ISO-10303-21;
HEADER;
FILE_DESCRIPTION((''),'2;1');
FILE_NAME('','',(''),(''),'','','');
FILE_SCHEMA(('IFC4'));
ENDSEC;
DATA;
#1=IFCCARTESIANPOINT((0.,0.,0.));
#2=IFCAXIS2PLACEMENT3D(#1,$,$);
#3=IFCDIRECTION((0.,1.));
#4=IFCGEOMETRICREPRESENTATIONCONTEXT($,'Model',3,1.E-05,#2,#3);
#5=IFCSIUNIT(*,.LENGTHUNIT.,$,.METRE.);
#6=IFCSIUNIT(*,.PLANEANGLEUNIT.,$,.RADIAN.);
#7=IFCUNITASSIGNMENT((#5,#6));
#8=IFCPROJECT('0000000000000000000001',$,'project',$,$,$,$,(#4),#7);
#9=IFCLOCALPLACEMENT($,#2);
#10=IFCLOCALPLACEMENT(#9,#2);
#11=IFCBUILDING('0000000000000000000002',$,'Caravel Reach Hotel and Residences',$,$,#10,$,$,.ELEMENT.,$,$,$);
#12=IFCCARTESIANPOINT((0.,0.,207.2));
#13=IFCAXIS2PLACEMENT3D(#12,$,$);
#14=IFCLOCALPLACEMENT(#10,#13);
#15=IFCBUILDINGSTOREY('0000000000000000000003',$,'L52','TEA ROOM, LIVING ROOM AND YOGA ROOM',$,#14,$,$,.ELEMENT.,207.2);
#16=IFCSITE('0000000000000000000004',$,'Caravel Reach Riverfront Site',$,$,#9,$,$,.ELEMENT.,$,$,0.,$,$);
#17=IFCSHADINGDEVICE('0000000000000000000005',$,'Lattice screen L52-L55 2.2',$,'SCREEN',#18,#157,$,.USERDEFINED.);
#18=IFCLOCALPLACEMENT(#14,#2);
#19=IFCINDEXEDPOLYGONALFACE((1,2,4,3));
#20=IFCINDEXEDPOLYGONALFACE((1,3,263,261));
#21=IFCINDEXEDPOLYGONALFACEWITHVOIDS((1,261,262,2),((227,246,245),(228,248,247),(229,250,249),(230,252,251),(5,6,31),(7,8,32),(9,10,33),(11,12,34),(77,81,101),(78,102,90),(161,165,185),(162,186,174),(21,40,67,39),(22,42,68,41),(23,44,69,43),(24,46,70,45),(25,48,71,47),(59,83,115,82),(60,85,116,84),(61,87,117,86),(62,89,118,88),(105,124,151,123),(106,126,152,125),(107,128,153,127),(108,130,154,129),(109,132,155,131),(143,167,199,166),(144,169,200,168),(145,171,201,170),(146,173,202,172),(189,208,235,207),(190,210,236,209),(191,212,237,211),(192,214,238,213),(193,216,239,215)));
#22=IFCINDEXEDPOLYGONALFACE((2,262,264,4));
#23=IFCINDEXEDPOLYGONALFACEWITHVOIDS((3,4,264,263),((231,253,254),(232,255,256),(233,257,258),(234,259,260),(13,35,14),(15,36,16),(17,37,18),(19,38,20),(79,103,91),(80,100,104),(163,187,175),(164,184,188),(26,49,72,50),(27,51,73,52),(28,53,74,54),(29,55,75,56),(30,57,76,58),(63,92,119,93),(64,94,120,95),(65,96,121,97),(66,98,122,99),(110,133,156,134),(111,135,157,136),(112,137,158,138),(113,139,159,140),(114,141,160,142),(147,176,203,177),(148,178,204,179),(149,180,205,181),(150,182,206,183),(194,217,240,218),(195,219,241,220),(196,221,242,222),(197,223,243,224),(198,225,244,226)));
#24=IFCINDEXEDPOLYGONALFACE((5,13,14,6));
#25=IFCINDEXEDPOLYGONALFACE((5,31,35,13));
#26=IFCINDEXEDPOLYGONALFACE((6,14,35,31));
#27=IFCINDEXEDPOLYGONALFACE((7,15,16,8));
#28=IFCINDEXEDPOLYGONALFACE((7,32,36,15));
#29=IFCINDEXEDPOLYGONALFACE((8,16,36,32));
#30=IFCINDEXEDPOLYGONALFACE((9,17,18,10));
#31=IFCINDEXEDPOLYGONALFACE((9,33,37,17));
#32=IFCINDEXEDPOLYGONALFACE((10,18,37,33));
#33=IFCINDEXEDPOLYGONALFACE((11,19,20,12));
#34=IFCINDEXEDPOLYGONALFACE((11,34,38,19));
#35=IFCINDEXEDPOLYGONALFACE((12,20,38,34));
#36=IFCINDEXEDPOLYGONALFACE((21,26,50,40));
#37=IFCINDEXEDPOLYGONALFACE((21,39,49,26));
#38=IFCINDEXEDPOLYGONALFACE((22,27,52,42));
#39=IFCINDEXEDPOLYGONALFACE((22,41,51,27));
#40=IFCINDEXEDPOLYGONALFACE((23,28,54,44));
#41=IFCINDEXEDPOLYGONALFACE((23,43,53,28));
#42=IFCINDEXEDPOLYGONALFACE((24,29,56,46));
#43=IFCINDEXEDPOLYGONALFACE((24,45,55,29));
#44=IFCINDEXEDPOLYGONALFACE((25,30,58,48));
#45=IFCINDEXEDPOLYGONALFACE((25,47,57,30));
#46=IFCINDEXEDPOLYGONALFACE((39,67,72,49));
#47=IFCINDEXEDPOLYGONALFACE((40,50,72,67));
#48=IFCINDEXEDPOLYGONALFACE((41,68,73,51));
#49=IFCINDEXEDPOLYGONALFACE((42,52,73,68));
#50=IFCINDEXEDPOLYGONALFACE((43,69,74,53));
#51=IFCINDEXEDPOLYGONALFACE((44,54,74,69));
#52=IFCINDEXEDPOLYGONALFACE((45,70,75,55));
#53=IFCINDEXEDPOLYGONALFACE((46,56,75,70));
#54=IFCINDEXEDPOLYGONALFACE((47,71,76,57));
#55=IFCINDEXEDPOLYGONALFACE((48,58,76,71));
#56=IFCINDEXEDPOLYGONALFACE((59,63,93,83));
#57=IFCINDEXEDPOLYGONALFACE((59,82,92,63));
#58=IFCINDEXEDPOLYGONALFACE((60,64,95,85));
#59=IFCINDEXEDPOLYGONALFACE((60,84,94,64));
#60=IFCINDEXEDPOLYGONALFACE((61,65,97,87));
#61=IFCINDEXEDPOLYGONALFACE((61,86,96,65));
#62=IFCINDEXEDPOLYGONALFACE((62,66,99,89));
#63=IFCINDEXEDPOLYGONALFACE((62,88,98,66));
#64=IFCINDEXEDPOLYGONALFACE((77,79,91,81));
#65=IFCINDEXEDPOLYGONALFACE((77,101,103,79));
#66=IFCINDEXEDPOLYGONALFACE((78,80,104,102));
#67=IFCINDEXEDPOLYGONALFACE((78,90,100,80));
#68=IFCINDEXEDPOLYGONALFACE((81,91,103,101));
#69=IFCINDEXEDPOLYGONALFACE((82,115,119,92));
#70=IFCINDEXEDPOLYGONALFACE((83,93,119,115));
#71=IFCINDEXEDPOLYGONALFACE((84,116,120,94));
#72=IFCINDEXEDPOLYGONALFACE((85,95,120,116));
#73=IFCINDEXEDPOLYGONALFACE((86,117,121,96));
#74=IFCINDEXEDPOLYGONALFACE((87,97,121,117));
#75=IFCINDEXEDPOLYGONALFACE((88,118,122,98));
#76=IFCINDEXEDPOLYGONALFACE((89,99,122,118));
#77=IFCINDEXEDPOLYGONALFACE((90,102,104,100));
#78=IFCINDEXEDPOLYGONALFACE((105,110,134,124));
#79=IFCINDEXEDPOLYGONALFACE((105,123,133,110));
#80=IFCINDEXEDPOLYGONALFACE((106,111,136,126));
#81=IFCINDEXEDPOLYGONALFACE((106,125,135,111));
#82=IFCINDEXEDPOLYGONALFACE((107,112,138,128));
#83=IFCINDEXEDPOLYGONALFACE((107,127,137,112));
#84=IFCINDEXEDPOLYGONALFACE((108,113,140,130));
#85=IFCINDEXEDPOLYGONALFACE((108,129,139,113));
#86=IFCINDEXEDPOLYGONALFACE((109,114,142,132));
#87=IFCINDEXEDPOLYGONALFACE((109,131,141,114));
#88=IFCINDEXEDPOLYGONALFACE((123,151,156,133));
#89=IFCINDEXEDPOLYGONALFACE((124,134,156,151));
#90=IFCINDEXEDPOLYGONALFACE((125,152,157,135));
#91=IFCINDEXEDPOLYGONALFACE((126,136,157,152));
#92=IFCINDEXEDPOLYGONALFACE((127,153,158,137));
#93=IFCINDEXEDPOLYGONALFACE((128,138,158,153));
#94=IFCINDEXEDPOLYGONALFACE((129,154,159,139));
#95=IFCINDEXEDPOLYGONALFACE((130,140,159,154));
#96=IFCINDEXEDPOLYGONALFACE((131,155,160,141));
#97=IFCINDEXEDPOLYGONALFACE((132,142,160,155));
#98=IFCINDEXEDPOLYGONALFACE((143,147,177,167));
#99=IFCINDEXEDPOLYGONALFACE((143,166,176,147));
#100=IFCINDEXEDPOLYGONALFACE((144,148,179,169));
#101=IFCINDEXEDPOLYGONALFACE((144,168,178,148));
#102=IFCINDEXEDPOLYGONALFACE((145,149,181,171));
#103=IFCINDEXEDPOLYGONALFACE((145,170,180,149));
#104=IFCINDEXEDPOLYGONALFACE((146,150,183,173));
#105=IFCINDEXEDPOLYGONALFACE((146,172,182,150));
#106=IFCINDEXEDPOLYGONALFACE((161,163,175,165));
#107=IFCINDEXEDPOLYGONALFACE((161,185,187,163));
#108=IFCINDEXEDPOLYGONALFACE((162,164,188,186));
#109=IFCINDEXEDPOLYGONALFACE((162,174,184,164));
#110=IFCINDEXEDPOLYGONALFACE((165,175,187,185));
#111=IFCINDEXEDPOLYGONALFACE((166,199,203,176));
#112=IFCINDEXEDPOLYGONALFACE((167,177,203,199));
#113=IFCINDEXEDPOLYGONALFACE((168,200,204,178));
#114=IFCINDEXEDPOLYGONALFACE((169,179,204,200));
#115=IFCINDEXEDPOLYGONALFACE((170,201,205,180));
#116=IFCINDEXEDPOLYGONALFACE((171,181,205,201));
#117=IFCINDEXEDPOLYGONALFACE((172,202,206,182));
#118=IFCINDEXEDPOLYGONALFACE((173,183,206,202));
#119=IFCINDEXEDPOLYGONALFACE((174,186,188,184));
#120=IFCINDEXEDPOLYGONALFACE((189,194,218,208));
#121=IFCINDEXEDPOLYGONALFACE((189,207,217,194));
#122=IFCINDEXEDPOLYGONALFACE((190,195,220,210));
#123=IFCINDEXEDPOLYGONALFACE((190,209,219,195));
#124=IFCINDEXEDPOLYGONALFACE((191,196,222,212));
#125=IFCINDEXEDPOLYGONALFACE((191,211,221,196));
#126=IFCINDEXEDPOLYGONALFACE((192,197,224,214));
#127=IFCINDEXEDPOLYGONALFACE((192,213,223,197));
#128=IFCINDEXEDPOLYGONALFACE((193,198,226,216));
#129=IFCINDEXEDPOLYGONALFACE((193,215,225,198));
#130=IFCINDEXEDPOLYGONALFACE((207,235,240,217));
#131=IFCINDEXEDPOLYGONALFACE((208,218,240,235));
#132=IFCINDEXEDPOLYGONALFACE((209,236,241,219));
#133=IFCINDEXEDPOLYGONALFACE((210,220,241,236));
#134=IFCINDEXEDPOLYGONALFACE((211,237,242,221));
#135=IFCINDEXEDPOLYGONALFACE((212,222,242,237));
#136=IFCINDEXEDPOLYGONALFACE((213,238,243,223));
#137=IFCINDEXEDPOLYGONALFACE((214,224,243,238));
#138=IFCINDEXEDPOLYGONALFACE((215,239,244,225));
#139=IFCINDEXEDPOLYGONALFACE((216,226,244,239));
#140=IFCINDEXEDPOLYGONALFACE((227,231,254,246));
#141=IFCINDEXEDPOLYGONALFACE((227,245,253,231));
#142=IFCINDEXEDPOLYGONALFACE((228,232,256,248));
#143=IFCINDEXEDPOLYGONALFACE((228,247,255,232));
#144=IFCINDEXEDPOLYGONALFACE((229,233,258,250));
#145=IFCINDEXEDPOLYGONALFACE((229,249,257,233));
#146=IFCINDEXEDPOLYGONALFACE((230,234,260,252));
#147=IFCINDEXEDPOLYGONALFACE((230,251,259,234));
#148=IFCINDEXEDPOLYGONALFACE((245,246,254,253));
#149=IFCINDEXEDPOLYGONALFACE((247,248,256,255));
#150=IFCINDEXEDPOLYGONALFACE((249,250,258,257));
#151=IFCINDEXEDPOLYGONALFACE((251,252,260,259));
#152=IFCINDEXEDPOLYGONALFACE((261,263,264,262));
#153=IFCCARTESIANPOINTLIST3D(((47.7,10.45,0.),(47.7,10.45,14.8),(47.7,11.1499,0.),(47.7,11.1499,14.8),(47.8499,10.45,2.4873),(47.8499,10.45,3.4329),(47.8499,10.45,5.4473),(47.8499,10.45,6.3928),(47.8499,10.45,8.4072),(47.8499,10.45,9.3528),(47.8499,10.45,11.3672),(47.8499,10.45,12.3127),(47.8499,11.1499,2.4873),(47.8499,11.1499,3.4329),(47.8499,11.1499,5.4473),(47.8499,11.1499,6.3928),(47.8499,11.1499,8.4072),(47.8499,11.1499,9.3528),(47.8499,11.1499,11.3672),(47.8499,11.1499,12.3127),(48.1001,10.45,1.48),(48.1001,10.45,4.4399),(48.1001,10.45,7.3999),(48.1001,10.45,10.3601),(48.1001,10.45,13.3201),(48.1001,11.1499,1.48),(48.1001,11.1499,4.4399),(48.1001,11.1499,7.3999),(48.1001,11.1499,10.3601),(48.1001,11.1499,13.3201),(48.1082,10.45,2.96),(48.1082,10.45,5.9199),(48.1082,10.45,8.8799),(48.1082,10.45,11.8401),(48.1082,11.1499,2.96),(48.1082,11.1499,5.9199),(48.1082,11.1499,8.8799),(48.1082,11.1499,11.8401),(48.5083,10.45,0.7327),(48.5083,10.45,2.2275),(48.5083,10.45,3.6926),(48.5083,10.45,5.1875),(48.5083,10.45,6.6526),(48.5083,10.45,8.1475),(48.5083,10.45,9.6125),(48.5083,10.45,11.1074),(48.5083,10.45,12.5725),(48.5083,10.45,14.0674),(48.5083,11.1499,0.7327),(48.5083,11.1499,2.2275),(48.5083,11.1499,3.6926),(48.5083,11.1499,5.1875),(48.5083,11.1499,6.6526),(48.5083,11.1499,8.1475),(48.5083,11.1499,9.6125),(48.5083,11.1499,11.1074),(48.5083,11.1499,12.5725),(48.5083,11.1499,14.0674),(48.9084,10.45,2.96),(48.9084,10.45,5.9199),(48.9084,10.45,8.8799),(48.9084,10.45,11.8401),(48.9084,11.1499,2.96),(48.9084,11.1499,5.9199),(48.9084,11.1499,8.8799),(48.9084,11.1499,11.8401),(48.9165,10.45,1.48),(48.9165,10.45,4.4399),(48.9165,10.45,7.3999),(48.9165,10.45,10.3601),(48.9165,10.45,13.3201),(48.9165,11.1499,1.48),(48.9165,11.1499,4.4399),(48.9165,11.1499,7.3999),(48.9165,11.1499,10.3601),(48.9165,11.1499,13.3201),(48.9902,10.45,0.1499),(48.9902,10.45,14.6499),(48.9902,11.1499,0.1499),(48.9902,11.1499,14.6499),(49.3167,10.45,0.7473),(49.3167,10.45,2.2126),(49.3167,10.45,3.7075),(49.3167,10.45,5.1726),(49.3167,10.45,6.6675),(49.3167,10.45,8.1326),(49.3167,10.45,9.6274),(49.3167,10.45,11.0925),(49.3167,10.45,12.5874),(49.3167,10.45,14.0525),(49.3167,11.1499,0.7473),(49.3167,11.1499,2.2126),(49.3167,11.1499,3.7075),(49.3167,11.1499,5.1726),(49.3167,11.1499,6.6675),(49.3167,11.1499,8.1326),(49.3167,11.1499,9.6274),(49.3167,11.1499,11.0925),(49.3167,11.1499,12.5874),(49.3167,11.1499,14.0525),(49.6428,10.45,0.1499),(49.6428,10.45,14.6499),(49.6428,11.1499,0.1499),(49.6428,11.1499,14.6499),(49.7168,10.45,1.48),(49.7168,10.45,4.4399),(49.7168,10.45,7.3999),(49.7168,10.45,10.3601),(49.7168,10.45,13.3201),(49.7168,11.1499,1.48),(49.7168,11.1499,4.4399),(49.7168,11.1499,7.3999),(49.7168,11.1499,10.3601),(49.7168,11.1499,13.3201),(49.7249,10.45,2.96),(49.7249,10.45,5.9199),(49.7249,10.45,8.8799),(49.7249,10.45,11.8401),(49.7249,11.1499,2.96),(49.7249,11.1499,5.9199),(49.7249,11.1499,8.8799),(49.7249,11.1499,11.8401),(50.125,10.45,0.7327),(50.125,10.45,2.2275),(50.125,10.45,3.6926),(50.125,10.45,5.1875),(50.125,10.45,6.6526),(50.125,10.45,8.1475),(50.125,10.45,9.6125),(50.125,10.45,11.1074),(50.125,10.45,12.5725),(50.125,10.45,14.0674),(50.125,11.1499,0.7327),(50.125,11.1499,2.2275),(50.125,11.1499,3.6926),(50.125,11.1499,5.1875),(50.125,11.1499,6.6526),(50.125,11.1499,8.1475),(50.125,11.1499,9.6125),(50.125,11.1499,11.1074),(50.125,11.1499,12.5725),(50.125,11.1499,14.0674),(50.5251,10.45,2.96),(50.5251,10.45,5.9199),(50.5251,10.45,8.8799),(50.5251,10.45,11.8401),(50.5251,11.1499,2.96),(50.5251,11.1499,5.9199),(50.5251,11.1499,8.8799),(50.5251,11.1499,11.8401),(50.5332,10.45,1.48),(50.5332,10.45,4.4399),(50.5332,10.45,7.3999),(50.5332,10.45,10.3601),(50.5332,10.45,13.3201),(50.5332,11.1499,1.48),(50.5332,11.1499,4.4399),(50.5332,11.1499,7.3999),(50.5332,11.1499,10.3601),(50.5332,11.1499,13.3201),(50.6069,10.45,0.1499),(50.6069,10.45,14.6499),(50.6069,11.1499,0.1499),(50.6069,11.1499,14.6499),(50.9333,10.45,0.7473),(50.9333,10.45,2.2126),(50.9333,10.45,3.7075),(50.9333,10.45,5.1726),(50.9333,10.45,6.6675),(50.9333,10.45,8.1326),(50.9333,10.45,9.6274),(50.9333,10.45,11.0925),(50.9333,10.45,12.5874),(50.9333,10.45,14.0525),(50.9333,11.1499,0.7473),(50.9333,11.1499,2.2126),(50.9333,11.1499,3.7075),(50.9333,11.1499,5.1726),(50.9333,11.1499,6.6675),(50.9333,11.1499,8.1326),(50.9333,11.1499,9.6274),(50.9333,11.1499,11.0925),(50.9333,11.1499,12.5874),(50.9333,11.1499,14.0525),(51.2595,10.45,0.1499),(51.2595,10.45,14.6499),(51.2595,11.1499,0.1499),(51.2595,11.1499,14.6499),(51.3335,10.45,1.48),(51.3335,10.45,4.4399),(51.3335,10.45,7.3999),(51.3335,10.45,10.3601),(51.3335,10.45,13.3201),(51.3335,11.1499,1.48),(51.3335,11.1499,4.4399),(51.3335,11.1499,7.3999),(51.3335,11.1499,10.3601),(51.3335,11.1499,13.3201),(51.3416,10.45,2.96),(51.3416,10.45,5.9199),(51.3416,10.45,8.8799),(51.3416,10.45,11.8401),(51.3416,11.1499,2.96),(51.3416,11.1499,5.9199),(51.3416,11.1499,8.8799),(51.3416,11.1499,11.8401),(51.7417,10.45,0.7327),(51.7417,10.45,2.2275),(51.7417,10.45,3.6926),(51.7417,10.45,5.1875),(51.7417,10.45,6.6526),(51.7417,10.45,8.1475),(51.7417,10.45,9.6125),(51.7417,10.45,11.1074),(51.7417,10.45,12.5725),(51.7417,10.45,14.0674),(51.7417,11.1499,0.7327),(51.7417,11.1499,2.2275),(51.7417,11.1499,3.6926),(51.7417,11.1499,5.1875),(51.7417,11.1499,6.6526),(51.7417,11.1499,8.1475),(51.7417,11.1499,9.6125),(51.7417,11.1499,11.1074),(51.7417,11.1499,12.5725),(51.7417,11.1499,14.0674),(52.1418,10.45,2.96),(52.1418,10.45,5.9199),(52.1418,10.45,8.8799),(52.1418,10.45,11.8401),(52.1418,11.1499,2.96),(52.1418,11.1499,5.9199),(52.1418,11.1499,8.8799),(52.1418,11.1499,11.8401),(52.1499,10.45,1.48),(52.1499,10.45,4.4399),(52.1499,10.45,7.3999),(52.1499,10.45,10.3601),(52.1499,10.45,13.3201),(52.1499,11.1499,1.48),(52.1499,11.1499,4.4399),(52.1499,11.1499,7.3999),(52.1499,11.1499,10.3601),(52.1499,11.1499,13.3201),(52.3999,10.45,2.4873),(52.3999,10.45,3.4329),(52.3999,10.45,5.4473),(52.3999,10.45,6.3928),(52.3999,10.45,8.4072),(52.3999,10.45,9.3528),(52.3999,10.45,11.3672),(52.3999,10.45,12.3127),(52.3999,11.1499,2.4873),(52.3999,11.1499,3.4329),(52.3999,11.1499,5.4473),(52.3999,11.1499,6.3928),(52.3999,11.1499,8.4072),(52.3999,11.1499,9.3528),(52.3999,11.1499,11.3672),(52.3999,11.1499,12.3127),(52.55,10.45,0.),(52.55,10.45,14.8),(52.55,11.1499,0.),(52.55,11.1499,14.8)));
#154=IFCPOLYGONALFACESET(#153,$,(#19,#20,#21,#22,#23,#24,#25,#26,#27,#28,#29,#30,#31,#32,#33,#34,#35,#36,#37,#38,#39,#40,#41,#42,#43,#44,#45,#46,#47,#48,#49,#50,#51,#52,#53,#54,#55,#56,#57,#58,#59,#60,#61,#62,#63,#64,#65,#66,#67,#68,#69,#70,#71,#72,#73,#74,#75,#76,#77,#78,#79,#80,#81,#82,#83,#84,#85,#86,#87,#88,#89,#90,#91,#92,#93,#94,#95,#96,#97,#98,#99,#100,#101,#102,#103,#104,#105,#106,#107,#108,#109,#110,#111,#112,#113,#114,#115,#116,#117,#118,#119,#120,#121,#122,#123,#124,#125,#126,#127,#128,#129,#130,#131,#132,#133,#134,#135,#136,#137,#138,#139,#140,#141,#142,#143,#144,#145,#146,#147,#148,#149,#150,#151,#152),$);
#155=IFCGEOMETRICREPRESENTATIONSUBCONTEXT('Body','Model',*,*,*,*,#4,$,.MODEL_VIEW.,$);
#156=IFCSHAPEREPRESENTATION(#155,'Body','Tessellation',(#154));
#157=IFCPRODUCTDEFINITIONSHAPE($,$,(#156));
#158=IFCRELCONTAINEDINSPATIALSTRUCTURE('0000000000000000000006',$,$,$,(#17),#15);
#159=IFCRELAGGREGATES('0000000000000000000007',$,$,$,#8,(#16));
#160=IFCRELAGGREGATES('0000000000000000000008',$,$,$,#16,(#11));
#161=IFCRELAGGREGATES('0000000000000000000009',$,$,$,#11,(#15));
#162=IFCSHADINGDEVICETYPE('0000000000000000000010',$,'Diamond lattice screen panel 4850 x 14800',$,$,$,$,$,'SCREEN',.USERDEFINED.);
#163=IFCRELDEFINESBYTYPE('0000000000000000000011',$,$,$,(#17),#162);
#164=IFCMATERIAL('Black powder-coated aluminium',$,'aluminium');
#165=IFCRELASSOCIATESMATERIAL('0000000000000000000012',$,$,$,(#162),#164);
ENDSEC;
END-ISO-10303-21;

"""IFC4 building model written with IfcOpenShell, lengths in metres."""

from ifc_helpers import new_model, si_unit, direction, frame, origin, place, context, subcontext, project, spatial, polyline, outline, extrude, material, type_object, element, save


model = new_model("IFC4")

# Units and contexts
model_context = context("Model", 3, precision=1e-05, world=origin(), true_north=direction((0.0, 1.0)))
body_context = subcontext(model_context, "Body", "Model", "MODEL_VIEW")
ifc_project = project(units=[si_unit("LENGTHUNIT", "METRE"), si_unit("PLANEANGLEUNIT", "RADIAN")], contexts=[model_context])

# Site, building, storey
site_placement = place(None, origin())
site = spatial("IfcSite", under=ifc_project, at=site_placement, Name="Caravel Reach Riverfront Site", CompositionType="ELEMENT", RefElevation=0.0)
building_placement = place(site_placement, origin())
building = spatial("IfcBuilding", under=site, at=building_placement, Name="Caravel Reach Hotel and Residences", CompositionType="ELEMENT")
storey_placement = place(building_placement, frame((0.0, 0.0, 207.2)))
storey = spatial("IfcBuildingStorey", under=building, at=storey_placement, Name="L52", Description="TEA ROOM, LIVING ROOM AND YOGA ROOM", CompositionType="ELEMENT", Elevation=207.2)

# Shading device
ifc_material_1 = material(Name="Black powder-coated aluminium", Category="aluminium")
shading_device_type_1 = type_object("IfcShadingDeviceType", Name="Diamond lattice screen panel 4850 x 14800", ElementType="SCREEN", PredefinedType="USERDEFINED", material=ifc_material_1)
shading_device_1_placement = place(storey_placement, frame((47.7, 11.1499, 0.0), z_axis=(0.0, -1.0, 0.0), x_axis=(1.0, 0.0, 0.0)))
element("IfcShadingDevice", 1, at=shading_device_1_placement, inside=storey, type_object=shading_device_type_1, Name="Lattice screen L52-L55 2.2", ObjectType="SCREEN", PredefinedType="USERDEFINED", context=body_context, shape_type="SweptSolid", body=[
    extrude(outline(polyline([(0.0, 0.0), (4.8501, 0.0), (4.8501, 14.8), (0.0, 14.8), (0.0, 0.0)]), holes=[polyline([(0.4082, 2.96), (0.1499, 3.4329), (0.1499, 2.4873), (0.4082, 2.96)]), polyline([(0.4082, 5.9199), (0.1499, 6.3928), (0.1499, 5.4473), (0.4082, 5.9199)]), polyline([(0.4082, 8.8799), (0.1499, 9.3528), (0.1499, 8.4072), (0.4082, 8.8799)]), polyline([(0.4082, 11.8401), (0.1499, 12.3127), (0.1499, 11.3672), (0.4082, 11.8401)]), polyline([(0.8083, 2.2275), (0.4001, 1.48), (0.8083, 0.7327), (1.2166, 1.48), (0.8083, 2.2275)]), polyline([(0.8083, 5.1875), (0.4001, 4.4399), (0.8083, 3.6926), (1.2166, 4.4399), (0.8083, 5.1875)]), polyline([(0.8083, 8.1475), (0.4001, 7.3999), (0.8083, 6.6526), (1.2166, 7.3999), (0.8083, 8.1475)]), polyline([(0.8083, 11.1074), (0.4001, 10.3601), (0.8083, 9.6125), (1.2166, 10.3601), (0.8083, 11.1074)]), polyline([(0.8083, 14.0674), (0.4001, 13.3201), (0.8083, 12.5725), (1.2166, 13.3201), (0.8083, 14.0674)]), polyline([(1.6167, 0.7473), (1.2903, 0.1499), (1.9429, 0.1499), (1.6167, 0.7473)]), polyline([(1.6167, 3.7075), (1.2085, 2.96), (1.6167, 2.2126), (2.0249, 2.96), (1.6167, 3.7075)]), polyline([(1.6167, 6.6675), (1.2085, 5.9199), (1.6167, 5.1726), (2.0249, 5.9199), (1.6167, 6.6675)]), polyline([(1.6167, 9.6274), (1.2085, 8.8799), (1.6167, 8.1326), (2.0249, 8.8799), (1.6167, 9.6274)]), polyline([(1.6167, 12.5874), (1.2085, 11.8401), (1.6167, 11.0925), (2.0249, 11.8401), (1.6167, 12.5874)]), polyline([(1.6167, 14.0525), (1.9429, 14.6499), (1.2903, 14.6499), (1.6167, 14.0525)]), polyline([(2.425, 2.2275), (2.0168, 1.48), (2.425, 0.7327), (2.8333, 1.48), (2.425, 2.2275)]), polyline([(2.425, 5.1875), (2.0168, 4.4399), (2.425, 3.6926), (2.8333, 4.4399), (2.425, 5.1875)]), polyline([(2.425, 8.1475), (2.0168, 7.3999), (2.425, 6.6526), (2.8333, 7.3999), (2.425, 8.1475)]), polyline([(2.425, 11.1074), (2.0168, 10.3601), (2.425, 9.6125), (2.8333, 10.3601), (2.425, 11.1074)]), polyline([(2.425, 14.0674), (2.0168, 13.3201), (2.425, 12.5725), (2.8333, 13.3201), (2.425, 14.0674)]), polyline([(3.2334, 0.7473), (2.907, 0.1499), (3.5596, 0.1499), (3.2334, 0.7473)]), polyline([(3.2334, 3.7075), (2.8252, 2.96), (3.2334, 2.2126), (3.6416, 2.96), (3.2334, 3.7075)]), polyline([(3.2334, 6.6675), (2.8252, 5.9199), (3.2334, 5.1726), (3.6416, 5.9199), (3.2334, 6.6675)]), polyline([(3.2334, 9.6274), (2.8252, 8.8799), (3.2334, 8.1326), (3.6416, 8.8799), (3.2334, 9.6274)]), polyline([(3.2334, 12.5874), (2.8252, 11.8401), (3.2334, 11.0925), (3.6416, 11.8401), (3.2334, 12.5874)]), polyline([(3.2334, 14.0525), (3.5596, 14.6499), (2.907, 14.6499), (3.2334, 14.0525)]), polyline([(4.0417, 2.2275), (3.6335, 1.48), (4.0417, 0.7327), (4.45, 1.48), (4.0417, 2.2275)]), polyline([(4.0417, 5.1875), (3.6335, 4.4399), (4.0417, 3.6926), (4.45, 4.4399), (4.0417, 5.1875)]), polyline([(4.0417, 8.1475), (3.6335, 7.3999), (4.0417, 6.6526), (4.45, 7.3999), (4.0417, 8.1475)]), polyline([(4.0417, 11.1074), (3.6335, 10.3601), (4.0417, 9.6125), (4.45, 10.3601), (4.0417, 11.1074)]), polyline([(4.0417, 14.0674), (3.6335, 13.3201), (4.0417, 12.5725), (4.45, 13.3201), (4.0417, 14.0674)]), polyline([(4.4419, 2.96), (4.7, 2.4873), (4.7, 3.4329), (4.4419, 2.96)]), polyline([(4.4419, 5.9199), (4.7, 5.4473), (4.7, 6.3928), (4.4419, 5.9199)]), polyline([(4.4419, 8.8799), (4.7, 8.4072), (4.7, 9.3528), (4.4419, 8.8799)]), polyline([(4.4419, 11.8401), (4.7, 11.3672), (4.7, 12.3127), (4.4419, 11.8401)])]), origin(), (0.0, 0.0, 1.0), 0.7),
])

save(model, "model.ifc")
